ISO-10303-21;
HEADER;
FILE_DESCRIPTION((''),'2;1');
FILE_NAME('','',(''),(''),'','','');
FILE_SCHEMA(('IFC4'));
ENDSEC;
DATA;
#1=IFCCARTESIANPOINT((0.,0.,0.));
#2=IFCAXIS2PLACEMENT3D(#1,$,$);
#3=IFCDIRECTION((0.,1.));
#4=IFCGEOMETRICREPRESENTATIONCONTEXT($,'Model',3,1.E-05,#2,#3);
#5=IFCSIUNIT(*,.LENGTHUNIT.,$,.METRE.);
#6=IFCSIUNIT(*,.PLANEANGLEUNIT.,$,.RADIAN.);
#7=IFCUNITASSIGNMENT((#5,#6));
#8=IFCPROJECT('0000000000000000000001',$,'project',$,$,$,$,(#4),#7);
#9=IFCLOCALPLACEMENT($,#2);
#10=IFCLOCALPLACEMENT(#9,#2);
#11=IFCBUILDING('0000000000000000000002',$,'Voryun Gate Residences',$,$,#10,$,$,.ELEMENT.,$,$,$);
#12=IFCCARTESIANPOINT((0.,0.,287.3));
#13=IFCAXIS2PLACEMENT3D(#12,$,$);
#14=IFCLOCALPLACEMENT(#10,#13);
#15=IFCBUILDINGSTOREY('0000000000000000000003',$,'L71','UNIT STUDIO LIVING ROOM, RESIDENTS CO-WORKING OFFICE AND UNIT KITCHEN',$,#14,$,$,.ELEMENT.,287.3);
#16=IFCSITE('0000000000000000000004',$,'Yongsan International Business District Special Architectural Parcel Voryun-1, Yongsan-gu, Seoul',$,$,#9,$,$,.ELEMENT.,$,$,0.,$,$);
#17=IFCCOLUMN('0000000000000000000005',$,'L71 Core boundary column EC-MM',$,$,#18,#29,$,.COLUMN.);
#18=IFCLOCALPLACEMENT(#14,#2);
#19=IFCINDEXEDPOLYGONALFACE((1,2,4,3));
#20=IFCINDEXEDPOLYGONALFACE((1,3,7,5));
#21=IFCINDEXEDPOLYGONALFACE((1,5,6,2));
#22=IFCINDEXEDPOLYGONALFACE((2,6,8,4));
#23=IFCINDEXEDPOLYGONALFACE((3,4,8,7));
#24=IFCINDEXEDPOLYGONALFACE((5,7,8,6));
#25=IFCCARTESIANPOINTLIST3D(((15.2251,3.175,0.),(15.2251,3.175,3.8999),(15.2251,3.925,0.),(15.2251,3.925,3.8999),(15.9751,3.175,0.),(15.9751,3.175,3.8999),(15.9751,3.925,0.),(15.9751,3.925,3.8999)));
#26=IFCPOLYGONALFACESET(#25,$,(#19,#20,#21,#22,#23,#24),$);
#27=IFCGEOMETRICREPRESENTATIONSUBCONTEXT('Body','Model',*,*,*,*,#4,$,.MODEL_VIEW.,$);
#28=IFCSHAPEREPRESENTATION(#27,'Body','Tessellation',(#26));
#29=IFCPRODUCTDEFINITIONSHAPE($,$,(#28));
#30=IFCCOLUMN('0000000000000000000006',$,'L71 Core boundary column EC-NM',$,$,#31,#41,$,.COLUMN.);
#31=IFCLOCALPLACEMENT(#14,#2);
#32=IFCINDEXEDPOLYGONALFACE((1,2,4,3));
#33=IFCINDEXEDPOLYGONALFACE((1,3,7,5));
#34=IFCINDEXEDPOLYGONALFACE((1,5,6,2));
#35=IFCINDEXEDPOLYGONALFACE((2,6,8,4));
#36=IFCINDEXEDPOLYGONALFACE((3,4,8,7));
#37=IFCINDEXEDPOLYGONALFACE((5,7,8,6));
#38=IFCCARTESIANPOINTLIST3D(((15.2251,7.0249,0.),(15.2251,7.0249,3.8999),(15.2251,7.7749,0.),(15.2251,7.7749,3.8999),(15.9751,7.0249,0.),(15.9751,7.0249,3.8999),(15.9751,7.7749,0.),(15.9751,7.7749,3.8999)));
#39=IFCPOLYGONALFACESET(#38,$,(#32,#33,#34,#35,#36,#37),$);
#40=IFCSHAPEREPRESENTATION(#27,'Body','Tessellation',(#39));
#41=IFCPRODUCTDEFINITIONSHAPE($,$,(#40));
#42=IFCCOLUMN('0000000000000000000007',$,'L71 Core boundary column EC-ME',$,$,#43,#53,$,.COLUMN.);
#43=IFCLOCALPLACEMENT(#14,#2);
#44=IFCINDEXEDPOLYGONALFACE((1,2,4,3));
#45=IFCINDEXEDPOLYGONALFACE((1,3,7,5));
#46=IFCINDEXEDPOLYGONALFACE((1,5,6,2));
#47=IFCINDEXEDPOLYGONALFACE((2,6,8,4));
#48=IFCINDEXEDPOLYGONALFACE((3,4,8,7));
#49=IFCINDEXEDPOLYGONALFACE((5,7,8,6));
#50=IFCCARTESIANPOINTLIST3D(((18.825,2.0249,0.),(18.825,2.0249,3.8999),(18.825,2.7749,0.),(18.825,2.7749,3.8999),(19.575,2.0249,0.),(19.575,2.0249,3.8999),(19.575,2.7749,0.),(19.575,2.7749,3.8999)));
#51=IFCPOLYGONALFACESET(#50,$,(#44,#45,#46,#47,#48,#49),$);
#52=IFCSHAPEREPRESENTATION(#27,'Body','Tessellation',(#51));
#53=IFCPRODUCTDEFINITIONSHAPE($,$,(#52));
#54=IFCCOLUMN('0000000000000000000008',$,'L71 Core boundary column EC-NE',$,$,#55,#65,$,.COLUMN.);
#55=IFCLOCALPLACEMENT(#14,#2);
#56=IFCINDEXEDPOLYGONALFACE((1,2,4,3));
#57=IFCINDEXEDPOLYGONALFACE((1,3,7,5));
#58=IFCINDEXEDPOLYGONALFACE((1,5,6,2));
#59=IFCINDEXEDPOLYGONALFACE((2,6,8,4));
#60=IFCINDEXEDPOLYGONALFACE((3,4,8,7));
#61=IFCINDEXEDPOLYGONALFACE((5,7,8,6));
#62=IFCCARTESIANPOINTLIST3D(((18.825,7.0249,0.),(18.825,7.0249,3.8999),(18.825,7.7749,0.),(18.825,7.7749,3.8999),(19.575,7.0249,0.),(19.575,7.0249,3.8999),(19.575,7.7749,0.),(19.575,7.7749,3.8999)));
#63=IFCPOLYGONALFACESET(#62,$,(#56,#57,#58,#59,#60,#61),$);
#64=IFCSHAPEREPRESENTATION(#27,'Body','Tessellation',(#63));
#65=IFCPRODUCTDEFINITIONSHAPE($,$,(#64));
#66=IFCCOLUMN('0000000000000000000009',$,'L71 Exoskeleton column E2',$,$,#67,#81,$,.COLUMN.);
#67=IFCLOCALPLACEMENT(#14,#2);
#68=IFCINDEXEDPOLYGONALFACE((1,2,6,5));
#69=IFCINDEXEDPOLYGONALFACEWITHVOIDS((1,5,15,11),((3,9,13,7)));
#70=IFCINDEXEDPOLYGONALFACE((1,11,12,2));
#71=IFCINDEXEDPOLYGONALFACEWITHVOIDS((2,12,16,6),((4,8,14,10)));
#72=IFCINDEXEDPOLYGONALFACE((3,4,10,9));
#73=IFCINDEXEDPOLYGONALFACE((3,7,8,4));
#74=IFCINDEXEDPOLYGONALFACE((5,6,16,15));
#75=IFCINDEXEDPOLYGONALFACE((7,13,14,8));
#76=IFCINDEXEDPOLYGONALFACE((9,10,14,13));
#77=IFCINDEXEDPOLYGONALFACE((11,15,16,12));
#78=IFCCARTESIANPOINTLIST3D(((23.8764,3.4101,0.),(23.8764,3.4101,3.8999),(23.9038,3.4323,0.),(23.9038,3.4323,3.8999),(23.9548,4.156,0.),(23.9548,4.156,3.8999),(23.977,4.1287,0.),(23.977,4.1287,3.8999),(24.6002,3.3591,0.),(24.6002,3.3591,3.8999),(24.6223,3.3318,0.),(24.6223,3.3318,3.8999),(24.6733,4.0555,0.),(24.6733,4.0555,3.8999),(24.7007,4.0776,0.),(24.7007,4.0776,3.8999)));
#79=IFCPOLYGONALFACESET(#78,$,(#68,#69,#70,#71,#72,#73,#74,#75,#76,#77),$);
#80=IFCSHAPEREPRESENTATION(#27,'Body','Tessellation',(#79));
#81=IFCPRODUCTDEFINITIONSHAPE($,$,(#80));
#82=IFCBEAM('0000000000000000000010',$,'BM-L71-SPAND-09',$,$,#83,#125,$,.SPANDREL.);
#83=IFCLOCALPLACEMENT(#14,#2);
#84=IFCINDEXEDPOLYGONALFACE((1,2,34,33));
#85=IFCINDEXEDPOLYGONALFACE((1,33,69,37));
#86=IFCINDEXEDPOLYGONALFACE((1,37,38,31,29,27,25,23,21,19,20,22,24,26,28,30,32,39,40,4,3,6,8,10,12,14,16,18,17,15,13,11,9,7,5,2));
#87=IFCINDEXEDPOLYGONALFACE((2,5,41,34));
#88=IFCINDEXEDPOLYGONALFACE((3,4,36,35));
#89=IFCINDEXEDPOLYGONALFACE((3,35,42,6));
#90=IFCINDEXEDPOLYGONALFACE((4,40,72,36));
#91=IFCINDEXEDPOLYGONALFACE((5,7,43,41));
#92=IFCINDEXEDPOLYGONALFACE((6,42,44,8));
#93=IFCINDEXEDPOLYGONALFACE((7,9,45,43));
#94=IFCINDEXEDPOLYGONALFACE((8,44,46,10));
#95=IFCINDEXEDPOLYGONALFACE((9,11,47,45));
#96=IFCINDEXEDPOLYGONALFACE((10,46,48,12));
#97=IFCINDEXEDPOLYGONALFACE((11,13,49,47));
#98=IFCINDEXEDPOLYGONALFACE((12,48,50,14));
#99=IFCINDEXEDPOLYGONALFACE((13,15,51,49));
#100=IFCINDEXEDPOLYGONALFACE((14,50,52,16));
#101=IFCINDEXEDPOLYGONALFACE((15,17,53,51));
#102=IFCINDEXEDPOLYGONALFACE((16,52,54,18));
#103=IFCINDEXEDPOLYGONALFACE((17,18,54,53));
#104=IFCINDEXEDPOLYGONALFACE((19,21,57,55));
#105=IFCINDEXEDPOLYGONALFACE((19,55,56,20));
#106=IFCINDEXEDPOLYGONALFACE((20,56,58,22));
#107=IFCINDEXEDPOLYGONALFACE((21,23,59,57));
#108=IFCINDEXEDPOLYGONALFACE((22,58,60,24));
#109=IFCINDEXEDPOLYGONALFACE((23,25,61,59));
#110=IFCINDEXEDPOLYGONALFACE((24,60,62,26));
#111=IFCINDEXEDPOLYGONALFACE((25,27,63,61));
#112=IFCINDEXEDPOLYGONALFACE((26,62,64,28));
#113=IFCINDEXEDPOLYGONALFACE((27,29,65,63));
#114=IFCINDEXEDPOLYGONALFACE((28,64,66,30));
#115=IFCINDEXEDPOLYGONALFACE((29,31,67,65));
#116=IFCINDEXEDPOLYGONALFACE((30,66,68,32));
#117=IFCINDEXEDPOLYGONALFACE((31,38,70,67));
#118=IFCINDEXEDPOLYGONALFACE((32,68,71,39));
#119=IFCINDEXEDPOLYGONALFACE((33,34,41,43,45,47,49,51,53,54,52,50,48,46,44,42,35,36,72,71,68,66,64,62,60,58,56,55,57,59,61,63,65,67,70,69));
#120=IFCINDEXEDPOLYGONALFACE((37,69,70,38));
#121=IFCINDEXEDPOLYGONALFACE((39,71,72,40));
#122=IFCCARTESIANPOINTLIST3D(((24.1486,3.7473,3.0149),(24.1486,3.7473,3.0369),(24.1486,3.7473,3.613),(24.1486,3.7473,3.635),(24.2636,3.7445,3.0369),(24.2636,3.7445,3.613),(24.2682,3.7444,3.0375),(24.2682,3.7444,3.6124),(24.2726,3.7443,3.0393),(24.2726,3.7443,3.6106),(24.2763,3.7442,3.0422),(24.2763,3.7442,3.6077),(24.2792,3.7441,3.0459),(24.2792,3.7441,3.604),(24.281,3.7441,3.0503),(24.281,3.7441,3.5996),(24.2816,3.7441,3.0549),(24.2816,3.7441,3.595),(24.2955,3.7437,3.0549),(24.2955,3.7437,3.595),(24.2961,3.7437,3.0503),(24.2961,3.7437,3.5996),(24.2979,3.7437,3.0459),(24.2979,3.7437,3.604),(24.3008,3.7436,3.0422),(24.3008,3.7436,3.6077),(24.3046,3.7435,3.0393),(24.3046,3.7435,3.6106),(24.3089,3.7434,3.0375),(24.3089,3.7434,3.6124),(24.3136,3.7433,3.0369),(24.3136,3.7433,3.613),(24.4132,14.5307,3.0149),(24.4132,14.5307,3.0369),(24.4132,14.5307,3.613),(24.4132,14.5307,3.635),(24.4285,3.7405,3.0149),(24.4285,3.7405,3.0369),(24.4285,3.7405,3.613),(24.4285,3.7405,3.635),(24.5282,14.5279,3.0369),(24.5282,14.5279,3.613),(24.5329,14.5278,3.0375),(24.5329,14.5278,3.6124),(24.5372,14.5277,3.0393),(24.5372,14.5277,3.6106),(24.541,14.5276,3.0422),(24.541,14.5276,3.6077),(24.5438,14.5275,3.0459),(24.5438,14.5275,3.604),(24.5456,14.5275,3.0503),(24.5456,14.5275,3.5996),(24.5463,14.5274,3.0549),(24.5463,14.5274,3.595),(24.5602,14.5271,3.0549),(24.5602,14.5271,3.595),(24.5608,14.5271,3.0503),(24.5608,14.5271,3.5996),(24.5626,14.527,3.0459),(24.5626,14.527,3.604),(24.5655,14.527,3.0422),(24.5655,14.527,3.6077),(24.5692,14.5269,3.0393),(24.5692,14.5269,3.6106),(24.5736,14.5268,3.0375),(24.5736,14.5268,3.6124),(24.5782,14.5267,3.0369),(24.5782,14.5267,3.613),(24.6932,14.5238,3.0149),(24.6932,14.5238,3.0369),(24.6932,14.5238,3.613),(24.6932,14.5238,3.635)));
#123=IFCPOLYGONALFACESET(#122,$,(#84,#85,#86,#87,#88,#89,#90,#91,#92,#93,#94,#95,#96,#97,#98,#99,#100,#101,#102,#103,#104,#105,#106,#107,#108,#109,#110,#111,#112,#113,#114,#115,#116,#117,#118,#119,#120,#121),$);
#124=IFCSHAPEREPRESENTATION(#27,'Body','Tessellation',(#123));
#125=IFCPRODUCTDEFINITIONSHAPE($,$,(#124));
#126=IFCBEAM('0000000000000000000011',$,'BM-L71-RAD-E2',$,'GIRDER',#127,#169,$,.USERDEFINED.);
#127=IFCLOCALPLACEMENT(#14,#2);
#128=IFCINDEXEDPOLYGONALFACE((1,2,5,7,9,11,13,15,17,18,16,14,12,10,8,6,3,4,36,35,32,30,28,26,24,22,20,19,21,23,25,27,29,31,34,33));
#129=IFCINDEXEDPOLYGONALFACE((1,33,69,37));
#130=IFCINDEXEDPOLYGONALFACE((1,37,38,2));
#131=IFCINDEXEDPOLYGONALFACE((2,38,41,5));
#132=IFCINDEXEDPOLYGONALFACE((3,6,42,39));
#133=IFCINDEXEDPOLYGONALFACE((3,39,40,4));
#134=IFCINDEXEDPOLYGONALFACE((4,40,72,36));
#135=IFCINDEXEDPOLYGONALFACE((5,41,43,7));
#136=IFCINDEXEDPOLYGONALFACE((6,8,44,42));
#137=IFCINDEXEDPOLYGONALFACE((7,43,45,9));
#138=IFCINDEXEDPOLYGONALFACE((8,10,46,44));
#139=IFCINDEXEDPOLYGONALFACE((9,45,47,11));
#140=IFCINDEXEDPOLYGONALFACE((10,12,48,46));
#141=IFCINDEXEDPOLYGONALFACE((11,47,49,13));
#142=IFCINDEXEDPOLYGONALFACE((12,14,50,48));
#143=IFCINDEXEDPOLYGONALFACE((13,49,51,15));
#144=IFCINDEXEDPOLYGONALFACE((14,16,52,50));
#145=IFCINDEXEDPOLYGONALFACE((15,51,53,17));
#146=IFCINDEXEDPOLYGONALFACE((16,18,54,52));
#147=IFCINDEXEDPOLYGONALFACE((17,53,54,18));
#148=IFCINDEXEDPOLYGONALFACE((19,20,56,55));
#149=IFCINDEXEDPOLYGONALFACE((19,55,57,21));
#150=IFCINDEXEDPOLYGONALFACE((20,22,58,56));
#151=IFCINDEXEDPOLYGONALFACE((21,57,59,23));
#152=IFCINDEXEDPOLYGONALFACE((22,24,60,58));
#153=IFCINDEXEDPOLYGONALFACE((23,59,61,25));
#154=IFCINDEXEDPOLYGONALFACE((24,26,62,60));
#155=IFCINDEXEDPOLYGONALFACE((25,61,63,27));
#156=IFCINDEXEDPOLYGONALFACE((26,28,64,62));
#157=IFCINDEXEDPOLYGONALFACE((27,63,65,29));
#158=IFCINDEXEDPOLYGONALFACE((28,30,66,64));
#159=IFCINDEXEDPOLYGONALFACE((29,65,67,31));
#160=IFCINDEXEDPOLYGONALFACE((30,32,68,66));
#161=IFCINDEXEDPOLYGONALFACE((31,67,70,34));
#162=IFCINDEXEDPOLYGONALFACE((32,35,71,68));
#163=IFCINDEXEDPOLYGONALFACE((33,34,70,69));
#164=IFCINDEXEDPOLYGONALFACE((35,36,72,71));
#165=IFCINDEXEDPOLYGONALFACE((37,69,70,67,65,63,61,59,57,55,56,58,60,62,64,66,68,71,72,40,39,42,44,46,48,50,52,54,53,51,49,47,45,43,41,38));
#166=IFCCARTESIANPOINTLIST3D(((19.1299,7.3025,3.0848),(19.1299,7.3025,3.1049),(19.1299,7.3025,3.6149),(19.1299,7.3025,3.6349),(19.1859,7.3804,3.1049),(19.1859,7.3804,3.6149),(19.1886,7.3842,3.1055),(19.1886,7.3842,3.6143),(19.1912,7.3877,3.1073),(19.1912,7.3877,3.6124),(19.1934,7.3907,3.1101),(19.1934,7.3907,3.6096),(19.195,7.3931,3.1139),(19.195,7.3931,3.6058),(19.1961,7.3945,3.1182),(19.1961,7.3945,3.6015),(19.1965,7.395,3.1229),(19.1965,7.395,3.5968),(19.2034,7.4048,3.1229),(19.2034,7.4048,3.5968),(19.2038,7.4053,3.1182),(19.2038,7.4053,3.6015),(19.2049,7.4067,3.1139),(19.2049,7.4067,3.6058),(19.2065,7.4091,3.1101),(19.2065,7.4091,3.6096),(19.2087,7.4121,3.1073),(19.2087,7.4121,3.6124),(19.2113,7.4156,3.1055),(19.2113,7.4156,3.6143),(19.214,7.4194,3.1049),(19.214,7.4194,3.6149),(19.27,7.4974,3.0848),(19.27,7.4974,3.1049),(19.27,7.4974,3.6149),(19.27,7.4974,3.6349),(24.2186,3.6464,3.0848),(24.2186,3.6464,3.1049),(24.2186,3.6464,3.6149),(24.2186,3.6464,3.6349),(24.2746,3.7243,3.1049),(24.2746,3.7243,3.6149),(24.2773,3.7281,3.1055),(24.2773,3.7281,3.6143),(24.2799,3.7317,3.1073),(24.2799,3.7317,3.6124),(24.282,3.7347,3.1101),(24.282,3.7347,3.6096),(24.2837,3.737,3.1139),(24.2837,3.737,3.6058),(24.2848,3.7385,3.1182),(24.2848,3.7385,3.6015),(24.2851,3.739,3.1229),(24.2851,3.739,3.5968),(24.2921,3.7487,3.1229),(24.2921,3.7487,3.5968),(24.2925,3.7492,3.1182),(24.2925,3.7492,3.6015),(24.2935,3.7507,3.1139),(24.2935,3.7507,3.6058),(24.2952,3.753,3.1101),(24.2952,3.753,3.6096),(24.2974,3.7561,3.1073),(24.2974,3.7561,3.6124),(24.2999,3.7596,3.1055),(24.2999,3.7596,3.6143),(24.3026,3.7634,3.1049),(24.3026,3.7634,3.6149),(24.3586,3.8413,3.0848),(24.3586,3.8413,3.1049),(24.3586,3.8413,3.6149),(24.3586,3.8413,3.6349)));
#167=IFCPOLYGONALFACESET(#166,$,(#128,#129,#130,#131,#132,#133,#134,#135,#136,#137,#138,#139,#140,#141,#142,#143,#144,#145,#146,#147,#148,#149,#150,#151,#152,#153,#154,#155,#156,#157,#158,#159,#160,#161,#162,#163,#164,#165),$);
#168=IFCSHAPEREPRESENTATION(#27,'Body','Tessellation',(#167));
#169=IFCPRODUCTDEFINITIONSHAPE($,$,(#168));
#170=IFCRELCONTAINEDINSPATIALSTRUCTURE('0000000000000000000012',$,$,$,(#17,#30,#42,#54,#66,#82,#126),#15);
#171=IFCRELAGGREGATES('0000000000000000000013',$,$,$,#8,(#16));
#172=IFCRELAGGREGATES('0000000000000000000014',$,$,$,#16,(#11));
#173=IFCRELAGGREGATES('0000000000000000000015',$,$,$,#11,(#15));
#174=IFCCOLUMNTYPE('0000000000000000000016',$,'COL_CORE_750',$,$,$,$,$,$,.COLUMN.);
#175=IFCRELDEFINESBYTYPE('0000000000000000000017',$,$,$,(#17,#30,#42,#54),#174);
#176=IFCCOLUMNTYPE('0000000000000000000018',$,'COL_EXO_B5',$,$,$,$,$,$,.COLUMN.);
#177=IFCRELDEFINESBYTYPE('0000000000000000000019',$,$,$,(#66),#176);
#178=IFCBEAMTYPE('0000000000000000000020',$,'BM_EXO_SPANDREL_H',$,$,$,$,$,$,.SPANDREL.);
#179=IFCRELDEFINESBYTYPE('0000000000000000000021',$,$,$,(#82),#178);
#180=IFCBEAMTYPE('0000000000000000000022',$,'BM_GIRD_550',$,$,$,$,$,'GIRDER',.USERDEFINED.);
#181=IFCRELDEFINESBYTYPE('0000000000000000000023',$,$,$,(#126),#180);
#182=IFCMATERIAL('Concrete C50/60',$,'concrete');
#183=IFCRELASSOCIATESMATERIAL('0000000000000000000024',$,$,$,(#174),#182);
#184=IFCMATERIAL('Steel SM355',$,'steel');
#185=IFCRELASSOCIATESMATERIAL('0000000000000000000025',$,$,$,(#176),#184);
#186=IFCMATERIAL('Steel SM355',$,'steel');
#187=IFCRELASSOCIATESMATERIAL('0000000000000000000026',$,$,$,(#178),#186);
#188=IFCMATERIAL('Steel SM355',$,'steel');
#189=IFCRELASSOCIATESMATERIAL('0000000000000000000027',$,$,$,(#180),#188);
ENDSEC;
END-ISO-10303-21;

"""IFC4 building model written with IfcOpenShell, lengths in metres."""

from ifc_helpers import new_model, si_unit, direction, frame, origin, origin_2d, place, context, subcontext, project, spatial, rectangle, hollow_rectangle, i_section, extrude, material, material_profile, profile_set, type_object, element, save


model = new_model("IFC4")

# Units and contexts
model_context = context("Model", 3, precision=1e-05, world=origin(), true_north=direction((0.0, 1.0)))
body_context = subcontext(model_context, "Body", "Model", "MODEL_VIEW")
ifc_project = project(units=[si_unit("LENGTHUNIT", "METRE"), si_unit("PLANEANGLEUNIT", "RADIAN")], contexts=[model_context])

# Site, building, storey
site_placement = place(None, origin())
site = spatial("IfcSite", under=ifc_project, at=site_placement, Name="Yongsan International Business District Special Architectural Parcel Voryun-1, Yongsan-gu, Seoul", CompositionType="ELEMENT", RefElevation=0.0)
building_placement = place(site_placement, origin())
building = spatial("IfcBuilding", under=site, at=building_placement, Name="Voryun Gate Residences", CompositionType="ELEMENT")
storey_placement = place(building_placement, frame((0.0, 0.0, 287.3)))
storey = spatial("IfcBuildingStorey", under=building, at=storey_placement, Name="L71", Description="UNIT STUDIO LIVING ROOM, RESIDENTS CO-WORKING OFFICE AND UNIT KITCHEN", CompositionType="ELEMENT", Elevation=287.3)

# Columns
ifc_material_1 = material(Name="Concrete C50/60", Category="concrete")
ifc_material_profile_1 = material_profile(ifc_material_1, rectangle(XDim=0.75, YDim=0.75, at=origin_2d()), Name="RC-750x750")
ifc_profile_set_1 = profile_set([ifc_material_profile_1], Name="Concrete C50/60")
column_type_1 = type_object("IfcColumnType", Name="COL_CORE_750", PredefinedType="COLUMN", material=ifc_profile_set_1)
for number, where, z_axis, x_axis, name in (
    (1, (15.6001, 3.55, 0.0), (0.0, 0.0, 1.0), (1.0, 0.0, 0.0), "L71 Core boundary column EC-MM"),
    (2, (15.6001, 7.3999, 0.0), (0.0, 0.0, 1.0), (1.0, 0.0, 0.0), "L71 Core boundary column EC-NM"),
    (3, (19.2, 2.3999, 0.0), (0.0, 0.0, 1.0), (1.0, 0.0, 0.0), "L71 Core boundary column EC-ME"),
    (4, (19.2, 7.3999, 0.0), (0.0, 0.0, 1.0), (1.0, 0.0, 0.0), "L71 Core boundary column EC-NE"),
):
    element("IfcColumn", number, at=place(storey_placement, frame(where, z_axis=z_axis, x_axis=x_axis)), inside=storey, type_object=column_type_1, Name=name, PredefinedType="COLUMN", context=body_context, shape_type="SweptSolid", body=[
        extrude(rectangle(XDim=0.75, YDim=0.75, at=origin_2d()), origin(), (0.0, 0.0, 1.0), 3.8999),
    ])
ifc_material_2 = material(Name="Steel SM355", Category="steel")
ifc_material_profile_2 = material_profile(ifc_material_2, hollow_rectangle(XDim=0.75, YDim=0.75, WallThickness=0.0249, at=origin_2d()), Name="BOX-750x750x25")
ifc_profile_set_2 = profile_set([ifc_material_profile_2], Name="Steel SM355")
column_type_2 = type_object("IfcColumnType", Name="COL_EXO_B5", PredefinedType="COLUMN", material=ifc_profile_set_2)
column_placement = place(storey_placement, frame((24.2886, 3.7439, 0.0), z_axis=(0.0, 0.0, 1.0), x_axis=(0.994522, -0.104528, 0.0)))
element("IfcColumn", 5, at=column_placement, inside=storey, type_object=column_type_2, Name="L71 Exoskeleton column E2", PredefinedType="COLUMN", context=body_context, shape_type="SweptSolid", body=[
    extrude(hollow_rectangle(XDim=0.75, YDim=0.75, WallThickness=0.0249, at=origin_2d()), origin(), (0.0, 0.0, 1.0), 3.8999),
])

# Beams
ifc_material_3 = material(Name="Steel SM355", Category="steel")
ifc_material_profile_3 = material_profile(ifc_material_3, i_section(OverallWidth=0.28, OverallDepth=0.6201, WebThickness=0.0139, FlangeThickness=0.022, FilletRadius=0.0181, at=origin_2d()), Name="H-620x280x14x22")
ifc_profile_set_3 = profile_set([ifc_material_profile_3], Name="Steel SM355")
beam_type_1 = type_object("IfcBeamType", Name="BM_EXO_SPANDREL_H", PredefinedType="SPANDREL", material=ifc_profile_set_3)
beam_1_placement = place(storey_placement, frame((24.2886, 3.7439, 3.325), z_axis=(0.024535, 0.999699, 0.0), x_axis=(-0.999699, 0.024535, 0.0)))
element("IfcBeam", 6, at=beam_1_placement, inside=storey, type_object=beam_type_1, Name="BM-L71-SPAND-09", PredefinedType="SPANDREL", context=body_context, shape_type="SweptSolid", body=[
    extrude(i_section(OverallWidth=0.28, OverallDepth=0.6201, WebThickness=0.0139, FlangeThickness=0.022, FilletRadius=0.0181, at=origin_2d()), origin(), (0.0, 0.0, 1.0), 10.7866),
])
ifc_material_4 = material(Name="Steel SM355", Category="steel")
ifc_material_profile_4 = material_profile(ifc_material_4, i_section(OverallWidth=0.24, OverallDepth=0.55, WebThickness=0.012, FlangeThickness=0.02, FilletRadius=0.0181, at=origin_2d()), Name="H-550x240x12x20")
ifc_profile_set_4 = profile_set([ifc_material_profile_4], Name="Steel SM355")
beam_type_2 = type_object("IfcBeamType", Name="BM_GIRD_550", ElementType="GIRDER", PredefinedType="USERDEFINED", material=ifc_profile_set_4)
beam_2_placement = place(storey_placement, frame((19.2, 7.3999, 3.3599), z_axis=(0.812124, -0.583484, 0.0), x_axis=(0.583484, 0.812124, 0.0)))
element("IfcBeam", 7, at=beam_2_placement, inside=storey, type_object=beam_type_2, Name="BM-L71-RAD-E2", ObjectType="GIRDER", PredefinedType="USERDEFINED", context=body_context, shape_type="SweptSolid", body=[
    extrude(i_section(OverallWidth=0.24, OverallDepth=0.55, WebThickness=0.012, FlangeThickness=0.02, FilletRadius=0.0181, at=origin_2d()), origin(), (0.0, 0.0, 1.0), 6.2659),
])

save(model, "model.ifc")
